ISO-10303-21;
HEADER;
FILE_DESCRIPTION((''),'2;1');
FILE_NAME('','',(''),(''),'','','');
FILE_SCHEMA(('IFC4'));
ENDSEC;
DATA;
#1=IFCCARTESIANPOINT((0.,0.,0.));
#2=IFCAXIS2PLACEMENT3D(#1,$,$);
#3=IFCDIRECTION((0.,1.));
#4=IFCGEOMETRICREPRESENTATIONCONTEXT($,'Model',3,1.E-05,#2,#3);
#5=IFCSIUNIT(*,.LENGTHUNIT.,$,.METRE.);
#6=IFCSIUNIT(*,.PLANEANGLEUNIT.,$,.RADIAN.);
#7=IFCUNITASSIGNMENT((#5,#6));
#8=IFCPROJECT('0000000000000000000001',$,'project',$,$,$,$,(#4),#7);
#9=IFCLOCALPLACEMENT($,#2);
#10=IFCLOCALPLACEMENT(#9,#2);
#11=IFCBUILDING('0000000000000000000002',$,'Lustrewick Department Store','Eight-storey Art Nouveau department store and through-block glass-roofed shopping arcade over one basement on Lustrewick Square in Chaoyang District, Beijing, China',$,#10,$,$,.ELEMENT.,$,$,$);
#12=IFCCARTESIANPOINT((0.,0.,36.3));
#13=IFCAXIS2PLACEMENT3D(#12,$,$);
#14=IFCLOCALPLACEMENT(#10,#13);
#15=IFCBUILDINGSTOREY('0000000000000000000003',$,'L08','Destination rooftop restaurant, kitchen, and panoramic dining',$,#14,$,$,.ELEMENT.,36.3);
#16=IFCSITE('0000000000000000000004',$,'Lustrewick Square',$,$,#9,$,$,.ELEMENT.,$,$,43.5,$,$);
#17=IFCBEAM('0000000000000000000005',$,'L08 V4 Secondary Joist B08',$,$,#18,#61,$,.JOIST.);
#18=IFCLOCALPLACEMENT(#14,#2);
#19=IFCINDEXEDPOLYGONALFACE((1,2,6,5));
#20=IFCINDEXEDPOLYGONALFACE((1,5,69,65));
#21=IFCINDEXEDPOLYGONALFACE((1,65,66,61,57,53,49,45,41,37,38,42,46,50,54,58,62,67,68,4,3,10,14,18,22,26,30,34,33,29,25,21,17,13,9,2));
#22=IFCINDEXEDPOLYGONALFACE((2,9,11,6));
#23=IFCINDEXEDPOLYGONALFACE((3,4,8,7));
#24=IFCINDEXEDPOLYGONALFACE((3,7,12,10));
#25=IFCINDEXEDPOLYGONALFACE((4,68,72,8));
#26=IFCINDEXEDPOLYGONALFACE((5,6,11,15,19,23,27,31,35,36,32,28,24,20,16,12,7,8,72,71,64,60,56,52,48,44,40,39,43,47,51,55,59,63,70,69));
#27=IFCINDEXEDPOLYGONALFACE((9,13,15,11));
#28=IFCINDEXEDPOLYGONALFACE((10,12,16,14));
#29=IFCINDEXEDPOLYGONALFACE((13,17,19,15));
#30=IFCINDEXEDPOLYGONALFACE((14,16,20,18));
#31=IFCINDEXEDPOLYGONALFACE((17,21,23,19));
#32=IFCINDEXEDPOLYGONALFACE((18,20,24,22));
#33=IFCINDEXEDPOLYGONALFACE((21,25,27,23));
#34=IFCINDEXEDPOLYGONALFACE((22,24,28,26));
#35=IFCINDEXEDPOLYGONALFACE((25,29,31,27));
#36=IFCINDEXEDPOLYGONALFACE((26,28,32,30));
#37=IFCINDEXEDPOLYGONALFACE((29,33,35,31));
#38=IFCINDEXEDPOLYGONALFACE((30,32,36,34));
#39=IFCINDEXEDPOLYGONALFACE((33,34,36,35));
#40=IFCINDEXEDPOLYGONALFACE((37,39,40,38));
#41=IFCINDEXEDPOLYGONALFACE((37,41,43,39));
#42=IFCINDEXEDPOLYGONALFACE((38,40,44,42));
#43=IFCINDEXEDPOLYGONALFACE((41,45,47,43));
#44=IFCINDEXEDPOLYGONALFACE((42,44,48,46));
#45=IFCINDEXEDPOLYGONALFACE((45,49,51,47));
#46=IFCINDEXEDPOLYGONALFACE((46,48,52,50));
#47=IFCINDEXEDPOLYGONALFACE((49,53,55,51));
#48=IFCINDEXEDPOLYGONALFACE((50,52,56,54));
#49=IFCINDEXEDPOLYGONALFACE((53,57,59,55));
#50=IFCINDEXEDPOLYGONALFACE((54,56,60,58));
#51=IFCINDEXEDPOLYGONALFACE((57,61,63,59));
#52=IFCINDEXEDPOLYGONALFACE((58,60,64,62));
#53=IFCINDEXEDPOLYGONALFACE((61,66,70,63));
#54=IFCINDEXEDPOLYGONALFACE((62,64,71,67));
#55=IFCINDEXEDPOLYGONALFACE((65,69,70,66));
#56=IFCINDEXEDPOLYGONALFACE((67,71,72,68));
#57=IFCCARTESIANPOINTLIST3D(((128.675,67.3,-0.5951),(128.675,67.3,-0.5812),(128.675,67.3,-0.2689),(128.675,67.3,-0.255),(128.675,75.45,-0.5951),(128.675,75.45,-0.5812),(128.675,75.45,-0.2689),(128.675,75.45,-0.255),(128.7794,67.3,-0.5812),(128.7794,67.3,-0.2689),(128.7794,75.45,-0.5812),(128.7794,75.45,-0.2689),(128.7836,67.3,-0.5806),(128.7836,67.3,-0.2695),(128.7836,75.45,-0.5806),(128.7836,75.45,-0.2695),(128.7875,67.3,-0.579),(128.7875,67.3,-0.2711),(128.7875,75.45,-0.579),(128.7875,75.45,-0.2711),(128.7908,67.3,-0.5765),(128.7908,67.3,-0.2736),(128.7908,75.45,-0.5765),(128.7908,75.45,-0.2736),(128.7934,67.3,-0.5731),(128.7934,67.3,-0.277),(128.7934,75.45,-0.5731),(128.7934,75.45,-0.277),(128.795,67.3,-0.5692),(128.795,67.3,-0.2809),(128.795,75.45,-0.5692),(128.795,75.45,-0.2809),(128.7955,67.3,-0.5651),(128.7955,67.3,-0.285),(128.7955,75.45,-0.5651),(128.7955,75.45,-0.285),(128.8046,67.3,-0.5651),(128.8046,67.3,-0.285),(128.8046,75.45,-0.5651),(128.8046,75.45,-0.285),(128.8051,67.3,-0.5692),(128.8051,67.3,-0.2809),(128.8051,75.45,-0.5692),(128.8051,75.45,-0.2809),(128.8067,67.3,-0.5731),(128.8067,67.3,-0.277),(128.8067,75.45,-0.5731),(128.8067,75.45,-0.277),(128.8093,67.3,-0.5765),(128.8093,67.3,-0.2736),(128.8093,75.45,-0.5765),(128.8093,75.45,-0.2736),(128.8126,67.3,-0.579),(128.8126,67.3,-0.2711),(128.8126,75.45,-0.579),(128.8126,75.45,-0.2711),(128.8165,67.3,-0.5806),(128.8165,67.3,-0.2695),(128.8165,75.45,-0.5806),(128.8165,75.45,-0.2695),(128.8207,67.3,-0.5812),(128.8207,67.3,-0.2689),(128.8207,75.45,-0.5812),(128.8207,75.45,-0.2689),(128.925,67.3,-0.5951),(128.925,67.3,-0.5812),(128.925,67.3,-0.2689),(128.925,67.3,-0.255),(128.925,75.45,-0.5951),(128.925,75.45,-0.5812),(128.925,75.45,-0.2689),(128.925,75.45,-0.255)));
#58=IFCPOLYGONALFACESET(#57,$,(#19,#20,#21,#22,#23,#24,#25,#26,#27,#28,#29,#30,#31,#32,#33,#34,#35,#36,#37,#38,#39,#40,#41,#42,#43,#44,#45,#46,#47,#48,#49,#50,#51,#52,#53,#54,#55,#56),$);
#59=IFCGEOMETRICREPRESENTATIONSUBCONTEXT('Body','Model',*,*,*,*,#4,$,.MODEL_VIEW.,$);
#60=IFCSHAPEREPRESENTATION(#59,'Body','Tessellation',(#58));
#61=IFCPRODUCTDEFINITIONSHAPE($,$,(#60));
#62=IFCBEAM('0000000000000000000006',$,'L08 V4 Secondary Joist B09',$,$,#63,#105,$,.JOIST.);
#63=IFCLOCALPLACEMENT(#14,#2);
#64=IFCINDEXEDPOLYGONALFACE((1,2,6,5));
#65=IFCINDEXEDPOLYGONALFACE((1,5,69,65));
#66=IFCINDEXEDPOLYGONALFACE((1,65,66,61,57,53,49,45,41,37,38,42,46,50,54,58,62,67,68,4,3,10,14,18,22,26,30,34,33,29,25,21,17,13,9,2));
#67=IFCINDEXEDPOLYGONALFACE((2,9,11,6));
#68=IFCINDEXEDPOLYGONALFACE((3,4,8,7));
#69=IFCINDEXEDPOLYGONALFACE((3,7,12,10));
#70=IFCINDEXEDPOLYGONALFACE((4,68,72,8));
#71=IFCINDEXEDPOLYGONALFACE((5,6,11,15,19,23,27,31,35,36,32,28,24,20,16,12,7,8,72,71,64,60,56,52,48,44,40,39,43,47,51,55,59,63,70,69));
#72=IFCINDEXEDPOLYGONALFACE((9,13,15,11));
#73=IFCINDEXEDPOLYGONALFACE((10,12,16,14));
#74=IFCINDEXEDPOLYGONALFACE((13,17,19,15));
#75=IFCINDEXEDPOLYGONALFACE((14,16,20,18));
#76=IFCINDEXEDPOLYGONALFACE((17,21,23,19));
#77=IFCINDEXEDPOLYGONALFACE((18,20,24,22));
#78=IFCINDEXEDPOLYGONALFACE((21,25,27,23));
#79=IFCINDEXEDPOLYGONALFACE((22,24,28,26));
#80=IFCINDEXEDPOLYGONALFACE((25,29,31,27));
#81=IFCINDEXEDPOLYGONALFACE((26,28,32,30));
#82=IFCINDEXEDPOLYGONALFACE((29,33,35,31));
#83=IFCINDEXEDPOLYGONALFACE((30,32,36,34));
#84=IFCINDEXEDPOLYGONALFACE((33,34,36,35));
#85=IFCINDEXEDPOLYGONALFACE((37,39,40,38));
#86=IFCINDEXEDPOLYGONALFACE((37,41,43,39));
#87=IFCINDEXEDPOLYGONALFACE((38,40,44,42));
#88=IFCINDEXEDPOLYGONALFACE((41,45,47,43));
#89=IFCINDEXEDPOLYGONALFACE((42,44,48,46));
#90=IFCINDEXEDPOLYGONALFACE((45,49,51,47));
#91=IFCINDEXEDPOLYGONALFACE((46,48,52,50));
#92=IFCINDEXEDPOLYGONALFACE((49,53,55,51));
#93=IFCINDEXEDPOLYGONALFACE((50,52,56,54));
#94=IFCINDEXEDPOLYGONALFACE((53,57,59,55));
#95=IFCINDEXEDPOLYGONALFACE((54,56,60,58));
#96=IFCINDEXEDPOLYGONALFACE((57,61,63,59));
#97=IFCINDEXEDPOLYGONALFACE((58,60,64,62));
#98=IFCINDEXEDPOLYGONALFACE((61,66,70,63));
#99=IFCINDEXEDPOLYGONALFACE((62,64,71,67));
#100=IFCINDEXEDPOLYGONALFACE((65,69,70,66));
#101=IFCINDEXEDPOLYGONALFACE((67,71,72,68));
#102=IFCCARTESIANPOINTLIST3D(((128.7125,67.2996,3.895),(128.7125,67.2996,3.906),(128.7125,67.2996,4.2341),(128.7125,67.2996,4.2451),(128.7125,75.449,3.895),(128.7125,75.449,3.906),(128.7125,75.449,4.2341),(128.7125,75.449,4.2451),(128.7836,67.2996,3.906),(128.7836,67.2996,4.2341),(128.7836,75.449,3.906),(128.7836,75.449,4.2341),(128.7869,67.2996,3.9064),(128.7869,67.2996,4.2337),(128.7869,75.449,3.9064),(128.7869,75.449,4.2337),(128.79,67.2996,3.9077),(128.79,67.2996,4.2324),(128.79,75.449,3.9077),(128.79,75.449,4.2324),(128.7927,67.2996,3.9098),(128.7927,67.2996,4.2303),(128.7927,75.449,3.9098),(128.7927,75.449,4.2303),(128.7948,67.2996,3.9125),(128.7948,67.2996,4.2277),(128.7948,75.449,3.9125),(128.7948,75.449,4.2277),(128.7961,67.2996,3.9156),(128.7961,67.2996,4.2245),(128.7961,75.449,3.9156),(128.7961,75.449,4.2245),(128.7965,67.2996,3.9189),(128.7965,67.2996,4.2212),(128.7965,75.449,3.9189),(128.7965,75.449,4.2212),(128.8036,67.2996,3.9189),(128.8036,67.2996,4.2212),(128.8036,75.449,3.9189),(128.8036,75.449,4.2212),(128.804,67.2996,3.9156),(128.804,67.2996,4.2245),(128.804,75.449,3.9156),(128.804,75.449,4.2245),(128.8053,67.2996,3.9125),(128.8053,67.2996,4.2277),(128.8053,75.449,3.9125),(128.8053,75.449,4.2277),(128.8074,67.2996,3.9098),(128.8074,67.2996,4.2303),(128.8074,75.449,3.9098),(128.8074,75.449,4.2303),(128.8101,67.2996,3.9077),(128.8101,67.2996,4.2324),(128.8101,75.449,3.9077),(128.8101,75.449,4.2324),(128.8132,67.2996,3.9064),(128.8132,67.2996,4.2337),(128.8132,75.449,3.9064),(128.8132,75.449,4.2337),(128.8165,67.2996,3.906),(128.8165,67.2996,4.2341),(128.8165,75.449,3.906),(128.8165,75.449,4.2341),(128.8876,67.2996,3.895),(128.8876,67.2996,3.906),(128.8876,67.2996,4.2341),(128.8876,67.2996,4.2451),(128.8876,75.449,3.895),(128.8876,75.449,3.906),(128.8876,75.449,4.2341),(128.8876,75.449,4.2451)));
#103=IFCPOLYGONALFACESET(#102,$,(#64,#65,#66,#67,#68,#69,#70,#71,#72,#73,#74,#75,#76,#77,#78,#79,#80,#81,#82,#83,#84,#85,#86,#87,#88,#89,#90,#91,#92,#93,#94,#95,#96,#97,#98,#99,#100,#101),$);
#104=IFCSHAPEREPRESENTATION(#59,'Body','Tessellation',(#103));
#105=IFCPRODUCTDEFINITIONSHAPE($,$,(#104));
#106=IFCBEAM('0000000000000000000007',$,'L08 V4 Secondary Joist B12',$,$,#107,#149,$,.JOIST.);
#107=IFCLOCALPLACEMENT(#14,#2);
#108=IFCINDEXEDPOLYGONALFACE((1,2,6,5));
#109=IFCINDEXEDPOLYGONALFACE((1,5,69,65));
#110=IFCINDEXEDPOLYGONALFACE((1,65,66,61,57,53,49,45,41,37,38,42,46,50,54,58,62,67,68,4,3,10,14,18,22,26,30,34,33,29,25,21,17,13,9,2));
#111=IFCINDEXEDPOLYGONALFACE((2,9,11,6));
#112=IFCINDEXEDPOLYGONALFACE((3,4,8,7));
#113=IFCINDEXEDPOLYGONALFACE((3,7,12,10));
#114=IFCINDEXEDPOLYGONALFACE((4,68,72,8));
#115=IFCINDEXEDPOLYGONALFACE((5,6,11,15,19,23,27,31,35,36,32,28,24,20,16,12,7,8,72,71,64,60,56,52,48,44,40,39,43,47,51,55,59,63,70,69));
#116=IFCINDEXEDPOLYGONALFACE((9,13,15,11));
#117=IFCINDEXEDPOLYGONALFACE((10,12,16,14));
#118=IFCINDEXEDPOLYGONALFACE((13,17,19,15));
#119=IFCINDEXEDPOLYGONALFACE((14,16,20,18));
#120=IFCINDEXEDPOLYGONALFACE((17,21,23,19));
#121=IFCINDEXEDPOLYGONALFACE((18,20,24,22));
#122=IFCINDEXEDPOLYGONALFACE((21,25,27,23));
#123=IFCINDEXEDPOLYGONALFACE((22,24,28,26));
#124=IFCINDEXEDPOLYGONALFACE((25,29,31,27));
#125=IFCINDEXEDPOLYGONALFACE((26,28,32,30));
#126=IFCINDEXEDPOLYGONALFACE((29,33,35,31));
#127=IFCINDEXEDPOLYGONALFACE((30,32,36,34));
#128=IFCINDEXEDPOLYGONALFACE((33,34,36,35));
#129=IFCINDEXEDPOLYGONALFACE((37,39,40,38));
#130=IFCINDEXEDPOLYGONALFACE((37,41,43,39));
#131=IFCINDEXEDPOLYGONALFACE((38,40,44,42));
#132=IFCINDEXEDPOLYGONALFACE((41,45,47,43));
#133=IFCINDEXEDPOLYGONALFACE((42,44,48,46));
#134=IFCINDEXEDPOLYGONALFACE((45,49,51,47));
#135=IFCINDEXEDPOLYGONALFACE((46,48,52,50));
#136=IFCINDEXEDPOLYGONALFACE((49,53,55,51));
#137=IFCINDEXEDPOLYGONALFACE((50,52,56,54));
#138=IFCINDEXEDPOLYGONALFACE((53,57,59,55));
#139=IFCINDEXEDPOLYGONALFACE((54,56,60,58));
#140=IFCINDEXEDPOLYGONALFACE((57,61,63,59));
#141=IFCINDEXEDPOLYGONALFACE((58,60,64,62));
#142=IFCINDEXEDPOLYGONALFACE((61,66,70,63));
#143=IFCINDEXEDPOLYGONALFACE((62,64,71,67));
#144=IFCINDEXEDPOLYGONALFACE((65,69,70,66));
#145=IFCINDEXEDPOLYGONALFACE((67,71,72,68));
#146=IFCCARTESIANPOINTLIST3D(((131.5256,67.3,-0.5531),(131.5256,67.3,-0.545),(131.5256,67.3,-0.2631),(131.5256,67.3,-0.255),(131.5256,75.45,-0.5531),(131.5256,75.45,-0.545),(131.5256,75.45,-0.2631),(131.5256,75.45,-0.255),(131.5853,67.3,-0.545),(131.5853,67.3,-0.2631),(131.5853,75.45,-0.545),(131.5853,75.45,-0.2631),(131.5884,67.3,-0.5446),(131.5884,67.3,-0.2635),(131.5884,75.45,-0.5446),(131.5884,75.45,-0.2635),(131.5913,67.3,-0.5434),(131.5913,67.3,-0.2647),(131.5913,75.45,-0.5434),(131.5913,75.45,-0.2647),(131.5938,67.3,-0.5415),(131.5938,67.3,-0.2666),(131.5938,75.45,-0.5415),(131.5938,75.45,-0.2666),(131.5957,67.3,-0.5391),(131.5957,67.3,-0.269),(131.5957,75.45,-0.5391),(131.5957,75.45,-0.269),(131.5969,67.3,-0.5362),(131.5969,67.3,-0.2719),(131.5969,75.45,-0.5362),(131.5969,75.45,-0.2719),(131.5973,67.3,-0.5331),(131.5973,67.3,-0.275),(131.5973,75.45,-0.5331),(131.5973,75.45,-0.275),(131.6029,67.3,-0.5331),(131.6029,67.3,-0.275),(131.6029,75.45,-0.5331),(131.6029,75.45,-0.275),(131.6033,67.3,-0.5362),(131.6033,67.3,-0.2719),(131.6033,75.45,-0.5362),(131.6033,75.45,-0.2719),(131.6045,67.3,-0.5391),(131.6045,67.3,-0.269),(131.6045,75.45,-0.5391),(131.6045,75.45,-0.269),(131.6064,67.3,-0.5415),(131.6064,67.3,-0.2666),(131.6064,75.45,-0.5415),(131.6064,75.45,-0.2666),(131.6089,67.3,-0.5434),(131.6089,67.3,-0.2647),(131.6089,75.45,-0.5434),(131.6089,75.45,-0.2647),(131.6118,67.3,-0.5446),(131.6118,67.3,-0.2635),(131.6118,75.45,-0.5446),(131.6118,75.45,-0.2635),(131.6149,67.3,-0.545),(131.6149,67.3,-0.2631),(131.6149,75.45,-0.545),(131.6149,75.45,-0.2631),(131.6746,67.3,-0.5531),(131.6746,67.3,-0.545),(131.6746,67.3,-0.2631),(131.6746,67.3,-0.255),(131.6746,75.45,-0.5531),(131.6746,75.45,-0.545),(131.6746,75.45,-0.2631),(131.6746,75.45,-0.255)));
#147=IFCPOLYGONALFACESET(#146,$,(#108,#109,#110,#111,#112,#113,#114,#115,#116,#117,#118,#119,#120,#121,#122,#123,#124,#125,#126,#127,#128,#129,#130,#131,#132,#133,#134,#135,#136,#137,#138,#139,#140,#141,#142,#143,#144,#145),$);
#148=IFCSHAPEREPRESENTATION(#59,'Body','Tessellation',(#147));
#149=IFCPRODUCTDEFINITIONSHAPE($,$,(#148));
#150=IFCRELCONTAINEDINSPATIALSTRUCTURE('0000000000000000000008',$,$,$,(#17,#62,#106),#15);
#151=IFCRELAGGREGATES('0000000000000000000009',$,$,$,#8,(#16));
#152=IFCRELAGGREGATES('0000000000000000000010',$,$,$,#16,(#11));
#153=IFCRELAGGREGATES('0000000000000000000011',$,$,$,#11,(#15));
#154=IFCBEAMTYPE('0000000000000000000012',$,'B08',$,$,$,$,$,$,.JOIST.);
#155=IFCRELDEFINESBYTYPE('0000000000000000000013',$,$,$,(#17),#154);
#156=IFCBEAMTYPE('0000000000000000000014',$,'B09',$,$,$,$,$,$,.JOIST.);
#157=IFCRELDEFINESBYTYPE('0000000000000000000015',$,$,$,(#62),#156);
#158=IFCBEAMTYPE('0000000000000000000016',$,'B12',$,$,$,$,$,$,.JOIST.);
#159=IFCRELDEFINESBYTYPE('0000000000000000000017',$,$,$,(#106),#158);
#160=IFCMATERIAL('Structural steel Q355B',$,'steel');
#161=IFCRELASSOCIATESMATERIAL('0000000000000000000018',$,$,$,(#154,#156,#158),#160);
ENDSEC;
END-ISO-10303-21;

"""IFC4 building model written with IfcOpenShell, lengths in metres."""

from ifc_helpers import new_model, si_unit, direction, frame, origin, origin_2d, place, context, subcontext, project, spatial, i_section, extrude, material, material_profile, profile_set, type_object, element, save


model = new_model("IFC4")

# Units and contexts
model_context = context("Model", 3, precision=1e-05, world=origin(), true_north=direction((0.0, 1.0)))
body_context = subcontext(model_context, "Body", "Model", "MODEL_VIEW")
ifc_project = project(units=[si_unit("LENGTHUNIT", "METRE"), si_unit("PLANEANGLEUNIT", "RADIAN")], contexts=[model_context])

# Site, building, storey
site_placement = place(None, origin())
site = spatial("IfcSite", under=ifc_project, at=site_placement, Name="Lustrewick Square", CompositionType="ELEMENT", RefElevation=43.5)
building_placement = place(site_placement, origin())
building = spatial("IfcBuilding", under=site, at=building_placement, Name="Lustrewick Department Store", Description="Eight-storey Art Nouveau department store and through-block glass-roofed shopping arcade over one basement on Lustrewick Square in Chaoyang District, Beijing, China", CompositionType="ELEMENT")
storey_placement = place(building_placement, frame((0.0, 0.0, 36.3)))
storey = spatial("IfcBuildingStorey", under=building, at=storey_placement, Name="L08", Description="Destination rooftop restaurant, kitchen, and panoramic dining", CompositionType="ELEMENT", Elevation=36.3)

# Shared definitions
ifc_material_1 = material(Name="Structural steel Q355B", Category="steel")

# Beams
ifc_material_profile_1 = material_profile(ifc_material_1, i_section(OverallWidth=0.25, OverallDepth=0.3401, WebThickness=0.009, FlangeThickness=0.0139, FilletRadius=0.0161, at=origin_2d()), Name="HM 340x250x9x14")
ifc_profile_set_1 = profile_set([ifc_material_profile_1], Name="Structural steel Q355B")
beam_type_1 = type_object("IfcBeamType", Name="B08", PredefinedType="JOIST", material=ifc_profile_set_1)
beam_1_placement = place(storey_placement, frame((128.8, 67.3, -0.425), z_axis=(0.0, 1.0, 0.0), x_axis=(-1.0, 0.0, 0.0)))
element("IfcBeam", 1, at=beam_1_placement, inside=storey, type_object=beam_type_1, Name="L08 V4 Secondary Joist B08", PredefinedType="JOIST", context=body_context, shape_type="SweptSolid", body=[
    extrude(i_section(OverallWidth=0.25, OverallDepth=0.3401, WebThickness=0.009, FlangeThickness=0.0139, FilletRadius=0.0161, at=origin_2d()), origin(), (0.0, 0.0, 1.0), 8.1499),
])
ifc_material_profile_2 = material_profile(ifc_material_1, i_section(OverallWidth=0.175, OverallDepth=0.3501, WebThickness=0.0071, FlangeThickness=0.011, FilletRadius=0.0129, at=origin_2d()), Name="HN 350x175x7x11")
ifc_profile_set_2 = profile_set([ifc_material_profile_2], Name="Structural steel Q355B")
beam_type_2 = type_object("IfcBeamType", Name="B09", PredefinedType="JOIST", material=ifc_profile_set_2)
beam_2_placement = place(storey_placement, frame((128.8, 67.2996, 4.0701), z_axis=(0.0, 1.0, 0.0), x_axis=(-1.0, 0.0, 0.0)))
element("IfcBeam", 2, at=beam_2_placement, inside=storey, type_object=beam_type_2, Name="L08 V4 Secondary Joist B09", PredefinedType="JOIST", context=body_context, shape_type="SweptSolid", body=[
    extrude(i_section(OverallWidth=0.175, OverallDepth=0.3501, WebThickness=0.0071, FlangeThickness=0.011, FilletRadius=0.0129, at=origin_2d()), origin(), (0.0, 0.0, 1.0), 8.1494),
])
ifc_material_profile_3 = material_profile(ifc_material_1, i_section(OverallWidth=0.1489, OverallDepth=0.2981, WebThickness=0.0056, FlangeThickness=0.0081, FilletRadius=0.012, at=origin_2d()), Name="HN 298x149x5.5x8")
ifc_profile_set_3 = profile_set([ifc_material_profile_3], Name="Structural steel Q355B")
beam_type_3 = type_object("IfcBeamType", Name="B12", PredefinedType="JOIST", material=ifc_profile_set_3)
beam_3_placement = place(storey_placement, frame((131.6001, 67.3, -0.4041), z_axis=(0.0, 1.0, 0.0), x_axis=(-1.0, 0.0, 0.0)))
element("IfcBeam", 3, at=beam_3_placement, inside=storey, type_object=beam_type_3, Name="L08 V4 Secondary Joist B12", PredefinedType="JOIST", context=body_context, shape_type="SweptSolid", body=[
    extrude(i_section(OverallWidth=0.1489, OverallDepth=0.2981, WebThickness=0.0056, FlangeThickness=0.0081, FilletRadius=0.012, at=origin_2d()), origin(), (0.0, 0.0, 1.0), 8.1499),
])

save(model, "model.ifc")
